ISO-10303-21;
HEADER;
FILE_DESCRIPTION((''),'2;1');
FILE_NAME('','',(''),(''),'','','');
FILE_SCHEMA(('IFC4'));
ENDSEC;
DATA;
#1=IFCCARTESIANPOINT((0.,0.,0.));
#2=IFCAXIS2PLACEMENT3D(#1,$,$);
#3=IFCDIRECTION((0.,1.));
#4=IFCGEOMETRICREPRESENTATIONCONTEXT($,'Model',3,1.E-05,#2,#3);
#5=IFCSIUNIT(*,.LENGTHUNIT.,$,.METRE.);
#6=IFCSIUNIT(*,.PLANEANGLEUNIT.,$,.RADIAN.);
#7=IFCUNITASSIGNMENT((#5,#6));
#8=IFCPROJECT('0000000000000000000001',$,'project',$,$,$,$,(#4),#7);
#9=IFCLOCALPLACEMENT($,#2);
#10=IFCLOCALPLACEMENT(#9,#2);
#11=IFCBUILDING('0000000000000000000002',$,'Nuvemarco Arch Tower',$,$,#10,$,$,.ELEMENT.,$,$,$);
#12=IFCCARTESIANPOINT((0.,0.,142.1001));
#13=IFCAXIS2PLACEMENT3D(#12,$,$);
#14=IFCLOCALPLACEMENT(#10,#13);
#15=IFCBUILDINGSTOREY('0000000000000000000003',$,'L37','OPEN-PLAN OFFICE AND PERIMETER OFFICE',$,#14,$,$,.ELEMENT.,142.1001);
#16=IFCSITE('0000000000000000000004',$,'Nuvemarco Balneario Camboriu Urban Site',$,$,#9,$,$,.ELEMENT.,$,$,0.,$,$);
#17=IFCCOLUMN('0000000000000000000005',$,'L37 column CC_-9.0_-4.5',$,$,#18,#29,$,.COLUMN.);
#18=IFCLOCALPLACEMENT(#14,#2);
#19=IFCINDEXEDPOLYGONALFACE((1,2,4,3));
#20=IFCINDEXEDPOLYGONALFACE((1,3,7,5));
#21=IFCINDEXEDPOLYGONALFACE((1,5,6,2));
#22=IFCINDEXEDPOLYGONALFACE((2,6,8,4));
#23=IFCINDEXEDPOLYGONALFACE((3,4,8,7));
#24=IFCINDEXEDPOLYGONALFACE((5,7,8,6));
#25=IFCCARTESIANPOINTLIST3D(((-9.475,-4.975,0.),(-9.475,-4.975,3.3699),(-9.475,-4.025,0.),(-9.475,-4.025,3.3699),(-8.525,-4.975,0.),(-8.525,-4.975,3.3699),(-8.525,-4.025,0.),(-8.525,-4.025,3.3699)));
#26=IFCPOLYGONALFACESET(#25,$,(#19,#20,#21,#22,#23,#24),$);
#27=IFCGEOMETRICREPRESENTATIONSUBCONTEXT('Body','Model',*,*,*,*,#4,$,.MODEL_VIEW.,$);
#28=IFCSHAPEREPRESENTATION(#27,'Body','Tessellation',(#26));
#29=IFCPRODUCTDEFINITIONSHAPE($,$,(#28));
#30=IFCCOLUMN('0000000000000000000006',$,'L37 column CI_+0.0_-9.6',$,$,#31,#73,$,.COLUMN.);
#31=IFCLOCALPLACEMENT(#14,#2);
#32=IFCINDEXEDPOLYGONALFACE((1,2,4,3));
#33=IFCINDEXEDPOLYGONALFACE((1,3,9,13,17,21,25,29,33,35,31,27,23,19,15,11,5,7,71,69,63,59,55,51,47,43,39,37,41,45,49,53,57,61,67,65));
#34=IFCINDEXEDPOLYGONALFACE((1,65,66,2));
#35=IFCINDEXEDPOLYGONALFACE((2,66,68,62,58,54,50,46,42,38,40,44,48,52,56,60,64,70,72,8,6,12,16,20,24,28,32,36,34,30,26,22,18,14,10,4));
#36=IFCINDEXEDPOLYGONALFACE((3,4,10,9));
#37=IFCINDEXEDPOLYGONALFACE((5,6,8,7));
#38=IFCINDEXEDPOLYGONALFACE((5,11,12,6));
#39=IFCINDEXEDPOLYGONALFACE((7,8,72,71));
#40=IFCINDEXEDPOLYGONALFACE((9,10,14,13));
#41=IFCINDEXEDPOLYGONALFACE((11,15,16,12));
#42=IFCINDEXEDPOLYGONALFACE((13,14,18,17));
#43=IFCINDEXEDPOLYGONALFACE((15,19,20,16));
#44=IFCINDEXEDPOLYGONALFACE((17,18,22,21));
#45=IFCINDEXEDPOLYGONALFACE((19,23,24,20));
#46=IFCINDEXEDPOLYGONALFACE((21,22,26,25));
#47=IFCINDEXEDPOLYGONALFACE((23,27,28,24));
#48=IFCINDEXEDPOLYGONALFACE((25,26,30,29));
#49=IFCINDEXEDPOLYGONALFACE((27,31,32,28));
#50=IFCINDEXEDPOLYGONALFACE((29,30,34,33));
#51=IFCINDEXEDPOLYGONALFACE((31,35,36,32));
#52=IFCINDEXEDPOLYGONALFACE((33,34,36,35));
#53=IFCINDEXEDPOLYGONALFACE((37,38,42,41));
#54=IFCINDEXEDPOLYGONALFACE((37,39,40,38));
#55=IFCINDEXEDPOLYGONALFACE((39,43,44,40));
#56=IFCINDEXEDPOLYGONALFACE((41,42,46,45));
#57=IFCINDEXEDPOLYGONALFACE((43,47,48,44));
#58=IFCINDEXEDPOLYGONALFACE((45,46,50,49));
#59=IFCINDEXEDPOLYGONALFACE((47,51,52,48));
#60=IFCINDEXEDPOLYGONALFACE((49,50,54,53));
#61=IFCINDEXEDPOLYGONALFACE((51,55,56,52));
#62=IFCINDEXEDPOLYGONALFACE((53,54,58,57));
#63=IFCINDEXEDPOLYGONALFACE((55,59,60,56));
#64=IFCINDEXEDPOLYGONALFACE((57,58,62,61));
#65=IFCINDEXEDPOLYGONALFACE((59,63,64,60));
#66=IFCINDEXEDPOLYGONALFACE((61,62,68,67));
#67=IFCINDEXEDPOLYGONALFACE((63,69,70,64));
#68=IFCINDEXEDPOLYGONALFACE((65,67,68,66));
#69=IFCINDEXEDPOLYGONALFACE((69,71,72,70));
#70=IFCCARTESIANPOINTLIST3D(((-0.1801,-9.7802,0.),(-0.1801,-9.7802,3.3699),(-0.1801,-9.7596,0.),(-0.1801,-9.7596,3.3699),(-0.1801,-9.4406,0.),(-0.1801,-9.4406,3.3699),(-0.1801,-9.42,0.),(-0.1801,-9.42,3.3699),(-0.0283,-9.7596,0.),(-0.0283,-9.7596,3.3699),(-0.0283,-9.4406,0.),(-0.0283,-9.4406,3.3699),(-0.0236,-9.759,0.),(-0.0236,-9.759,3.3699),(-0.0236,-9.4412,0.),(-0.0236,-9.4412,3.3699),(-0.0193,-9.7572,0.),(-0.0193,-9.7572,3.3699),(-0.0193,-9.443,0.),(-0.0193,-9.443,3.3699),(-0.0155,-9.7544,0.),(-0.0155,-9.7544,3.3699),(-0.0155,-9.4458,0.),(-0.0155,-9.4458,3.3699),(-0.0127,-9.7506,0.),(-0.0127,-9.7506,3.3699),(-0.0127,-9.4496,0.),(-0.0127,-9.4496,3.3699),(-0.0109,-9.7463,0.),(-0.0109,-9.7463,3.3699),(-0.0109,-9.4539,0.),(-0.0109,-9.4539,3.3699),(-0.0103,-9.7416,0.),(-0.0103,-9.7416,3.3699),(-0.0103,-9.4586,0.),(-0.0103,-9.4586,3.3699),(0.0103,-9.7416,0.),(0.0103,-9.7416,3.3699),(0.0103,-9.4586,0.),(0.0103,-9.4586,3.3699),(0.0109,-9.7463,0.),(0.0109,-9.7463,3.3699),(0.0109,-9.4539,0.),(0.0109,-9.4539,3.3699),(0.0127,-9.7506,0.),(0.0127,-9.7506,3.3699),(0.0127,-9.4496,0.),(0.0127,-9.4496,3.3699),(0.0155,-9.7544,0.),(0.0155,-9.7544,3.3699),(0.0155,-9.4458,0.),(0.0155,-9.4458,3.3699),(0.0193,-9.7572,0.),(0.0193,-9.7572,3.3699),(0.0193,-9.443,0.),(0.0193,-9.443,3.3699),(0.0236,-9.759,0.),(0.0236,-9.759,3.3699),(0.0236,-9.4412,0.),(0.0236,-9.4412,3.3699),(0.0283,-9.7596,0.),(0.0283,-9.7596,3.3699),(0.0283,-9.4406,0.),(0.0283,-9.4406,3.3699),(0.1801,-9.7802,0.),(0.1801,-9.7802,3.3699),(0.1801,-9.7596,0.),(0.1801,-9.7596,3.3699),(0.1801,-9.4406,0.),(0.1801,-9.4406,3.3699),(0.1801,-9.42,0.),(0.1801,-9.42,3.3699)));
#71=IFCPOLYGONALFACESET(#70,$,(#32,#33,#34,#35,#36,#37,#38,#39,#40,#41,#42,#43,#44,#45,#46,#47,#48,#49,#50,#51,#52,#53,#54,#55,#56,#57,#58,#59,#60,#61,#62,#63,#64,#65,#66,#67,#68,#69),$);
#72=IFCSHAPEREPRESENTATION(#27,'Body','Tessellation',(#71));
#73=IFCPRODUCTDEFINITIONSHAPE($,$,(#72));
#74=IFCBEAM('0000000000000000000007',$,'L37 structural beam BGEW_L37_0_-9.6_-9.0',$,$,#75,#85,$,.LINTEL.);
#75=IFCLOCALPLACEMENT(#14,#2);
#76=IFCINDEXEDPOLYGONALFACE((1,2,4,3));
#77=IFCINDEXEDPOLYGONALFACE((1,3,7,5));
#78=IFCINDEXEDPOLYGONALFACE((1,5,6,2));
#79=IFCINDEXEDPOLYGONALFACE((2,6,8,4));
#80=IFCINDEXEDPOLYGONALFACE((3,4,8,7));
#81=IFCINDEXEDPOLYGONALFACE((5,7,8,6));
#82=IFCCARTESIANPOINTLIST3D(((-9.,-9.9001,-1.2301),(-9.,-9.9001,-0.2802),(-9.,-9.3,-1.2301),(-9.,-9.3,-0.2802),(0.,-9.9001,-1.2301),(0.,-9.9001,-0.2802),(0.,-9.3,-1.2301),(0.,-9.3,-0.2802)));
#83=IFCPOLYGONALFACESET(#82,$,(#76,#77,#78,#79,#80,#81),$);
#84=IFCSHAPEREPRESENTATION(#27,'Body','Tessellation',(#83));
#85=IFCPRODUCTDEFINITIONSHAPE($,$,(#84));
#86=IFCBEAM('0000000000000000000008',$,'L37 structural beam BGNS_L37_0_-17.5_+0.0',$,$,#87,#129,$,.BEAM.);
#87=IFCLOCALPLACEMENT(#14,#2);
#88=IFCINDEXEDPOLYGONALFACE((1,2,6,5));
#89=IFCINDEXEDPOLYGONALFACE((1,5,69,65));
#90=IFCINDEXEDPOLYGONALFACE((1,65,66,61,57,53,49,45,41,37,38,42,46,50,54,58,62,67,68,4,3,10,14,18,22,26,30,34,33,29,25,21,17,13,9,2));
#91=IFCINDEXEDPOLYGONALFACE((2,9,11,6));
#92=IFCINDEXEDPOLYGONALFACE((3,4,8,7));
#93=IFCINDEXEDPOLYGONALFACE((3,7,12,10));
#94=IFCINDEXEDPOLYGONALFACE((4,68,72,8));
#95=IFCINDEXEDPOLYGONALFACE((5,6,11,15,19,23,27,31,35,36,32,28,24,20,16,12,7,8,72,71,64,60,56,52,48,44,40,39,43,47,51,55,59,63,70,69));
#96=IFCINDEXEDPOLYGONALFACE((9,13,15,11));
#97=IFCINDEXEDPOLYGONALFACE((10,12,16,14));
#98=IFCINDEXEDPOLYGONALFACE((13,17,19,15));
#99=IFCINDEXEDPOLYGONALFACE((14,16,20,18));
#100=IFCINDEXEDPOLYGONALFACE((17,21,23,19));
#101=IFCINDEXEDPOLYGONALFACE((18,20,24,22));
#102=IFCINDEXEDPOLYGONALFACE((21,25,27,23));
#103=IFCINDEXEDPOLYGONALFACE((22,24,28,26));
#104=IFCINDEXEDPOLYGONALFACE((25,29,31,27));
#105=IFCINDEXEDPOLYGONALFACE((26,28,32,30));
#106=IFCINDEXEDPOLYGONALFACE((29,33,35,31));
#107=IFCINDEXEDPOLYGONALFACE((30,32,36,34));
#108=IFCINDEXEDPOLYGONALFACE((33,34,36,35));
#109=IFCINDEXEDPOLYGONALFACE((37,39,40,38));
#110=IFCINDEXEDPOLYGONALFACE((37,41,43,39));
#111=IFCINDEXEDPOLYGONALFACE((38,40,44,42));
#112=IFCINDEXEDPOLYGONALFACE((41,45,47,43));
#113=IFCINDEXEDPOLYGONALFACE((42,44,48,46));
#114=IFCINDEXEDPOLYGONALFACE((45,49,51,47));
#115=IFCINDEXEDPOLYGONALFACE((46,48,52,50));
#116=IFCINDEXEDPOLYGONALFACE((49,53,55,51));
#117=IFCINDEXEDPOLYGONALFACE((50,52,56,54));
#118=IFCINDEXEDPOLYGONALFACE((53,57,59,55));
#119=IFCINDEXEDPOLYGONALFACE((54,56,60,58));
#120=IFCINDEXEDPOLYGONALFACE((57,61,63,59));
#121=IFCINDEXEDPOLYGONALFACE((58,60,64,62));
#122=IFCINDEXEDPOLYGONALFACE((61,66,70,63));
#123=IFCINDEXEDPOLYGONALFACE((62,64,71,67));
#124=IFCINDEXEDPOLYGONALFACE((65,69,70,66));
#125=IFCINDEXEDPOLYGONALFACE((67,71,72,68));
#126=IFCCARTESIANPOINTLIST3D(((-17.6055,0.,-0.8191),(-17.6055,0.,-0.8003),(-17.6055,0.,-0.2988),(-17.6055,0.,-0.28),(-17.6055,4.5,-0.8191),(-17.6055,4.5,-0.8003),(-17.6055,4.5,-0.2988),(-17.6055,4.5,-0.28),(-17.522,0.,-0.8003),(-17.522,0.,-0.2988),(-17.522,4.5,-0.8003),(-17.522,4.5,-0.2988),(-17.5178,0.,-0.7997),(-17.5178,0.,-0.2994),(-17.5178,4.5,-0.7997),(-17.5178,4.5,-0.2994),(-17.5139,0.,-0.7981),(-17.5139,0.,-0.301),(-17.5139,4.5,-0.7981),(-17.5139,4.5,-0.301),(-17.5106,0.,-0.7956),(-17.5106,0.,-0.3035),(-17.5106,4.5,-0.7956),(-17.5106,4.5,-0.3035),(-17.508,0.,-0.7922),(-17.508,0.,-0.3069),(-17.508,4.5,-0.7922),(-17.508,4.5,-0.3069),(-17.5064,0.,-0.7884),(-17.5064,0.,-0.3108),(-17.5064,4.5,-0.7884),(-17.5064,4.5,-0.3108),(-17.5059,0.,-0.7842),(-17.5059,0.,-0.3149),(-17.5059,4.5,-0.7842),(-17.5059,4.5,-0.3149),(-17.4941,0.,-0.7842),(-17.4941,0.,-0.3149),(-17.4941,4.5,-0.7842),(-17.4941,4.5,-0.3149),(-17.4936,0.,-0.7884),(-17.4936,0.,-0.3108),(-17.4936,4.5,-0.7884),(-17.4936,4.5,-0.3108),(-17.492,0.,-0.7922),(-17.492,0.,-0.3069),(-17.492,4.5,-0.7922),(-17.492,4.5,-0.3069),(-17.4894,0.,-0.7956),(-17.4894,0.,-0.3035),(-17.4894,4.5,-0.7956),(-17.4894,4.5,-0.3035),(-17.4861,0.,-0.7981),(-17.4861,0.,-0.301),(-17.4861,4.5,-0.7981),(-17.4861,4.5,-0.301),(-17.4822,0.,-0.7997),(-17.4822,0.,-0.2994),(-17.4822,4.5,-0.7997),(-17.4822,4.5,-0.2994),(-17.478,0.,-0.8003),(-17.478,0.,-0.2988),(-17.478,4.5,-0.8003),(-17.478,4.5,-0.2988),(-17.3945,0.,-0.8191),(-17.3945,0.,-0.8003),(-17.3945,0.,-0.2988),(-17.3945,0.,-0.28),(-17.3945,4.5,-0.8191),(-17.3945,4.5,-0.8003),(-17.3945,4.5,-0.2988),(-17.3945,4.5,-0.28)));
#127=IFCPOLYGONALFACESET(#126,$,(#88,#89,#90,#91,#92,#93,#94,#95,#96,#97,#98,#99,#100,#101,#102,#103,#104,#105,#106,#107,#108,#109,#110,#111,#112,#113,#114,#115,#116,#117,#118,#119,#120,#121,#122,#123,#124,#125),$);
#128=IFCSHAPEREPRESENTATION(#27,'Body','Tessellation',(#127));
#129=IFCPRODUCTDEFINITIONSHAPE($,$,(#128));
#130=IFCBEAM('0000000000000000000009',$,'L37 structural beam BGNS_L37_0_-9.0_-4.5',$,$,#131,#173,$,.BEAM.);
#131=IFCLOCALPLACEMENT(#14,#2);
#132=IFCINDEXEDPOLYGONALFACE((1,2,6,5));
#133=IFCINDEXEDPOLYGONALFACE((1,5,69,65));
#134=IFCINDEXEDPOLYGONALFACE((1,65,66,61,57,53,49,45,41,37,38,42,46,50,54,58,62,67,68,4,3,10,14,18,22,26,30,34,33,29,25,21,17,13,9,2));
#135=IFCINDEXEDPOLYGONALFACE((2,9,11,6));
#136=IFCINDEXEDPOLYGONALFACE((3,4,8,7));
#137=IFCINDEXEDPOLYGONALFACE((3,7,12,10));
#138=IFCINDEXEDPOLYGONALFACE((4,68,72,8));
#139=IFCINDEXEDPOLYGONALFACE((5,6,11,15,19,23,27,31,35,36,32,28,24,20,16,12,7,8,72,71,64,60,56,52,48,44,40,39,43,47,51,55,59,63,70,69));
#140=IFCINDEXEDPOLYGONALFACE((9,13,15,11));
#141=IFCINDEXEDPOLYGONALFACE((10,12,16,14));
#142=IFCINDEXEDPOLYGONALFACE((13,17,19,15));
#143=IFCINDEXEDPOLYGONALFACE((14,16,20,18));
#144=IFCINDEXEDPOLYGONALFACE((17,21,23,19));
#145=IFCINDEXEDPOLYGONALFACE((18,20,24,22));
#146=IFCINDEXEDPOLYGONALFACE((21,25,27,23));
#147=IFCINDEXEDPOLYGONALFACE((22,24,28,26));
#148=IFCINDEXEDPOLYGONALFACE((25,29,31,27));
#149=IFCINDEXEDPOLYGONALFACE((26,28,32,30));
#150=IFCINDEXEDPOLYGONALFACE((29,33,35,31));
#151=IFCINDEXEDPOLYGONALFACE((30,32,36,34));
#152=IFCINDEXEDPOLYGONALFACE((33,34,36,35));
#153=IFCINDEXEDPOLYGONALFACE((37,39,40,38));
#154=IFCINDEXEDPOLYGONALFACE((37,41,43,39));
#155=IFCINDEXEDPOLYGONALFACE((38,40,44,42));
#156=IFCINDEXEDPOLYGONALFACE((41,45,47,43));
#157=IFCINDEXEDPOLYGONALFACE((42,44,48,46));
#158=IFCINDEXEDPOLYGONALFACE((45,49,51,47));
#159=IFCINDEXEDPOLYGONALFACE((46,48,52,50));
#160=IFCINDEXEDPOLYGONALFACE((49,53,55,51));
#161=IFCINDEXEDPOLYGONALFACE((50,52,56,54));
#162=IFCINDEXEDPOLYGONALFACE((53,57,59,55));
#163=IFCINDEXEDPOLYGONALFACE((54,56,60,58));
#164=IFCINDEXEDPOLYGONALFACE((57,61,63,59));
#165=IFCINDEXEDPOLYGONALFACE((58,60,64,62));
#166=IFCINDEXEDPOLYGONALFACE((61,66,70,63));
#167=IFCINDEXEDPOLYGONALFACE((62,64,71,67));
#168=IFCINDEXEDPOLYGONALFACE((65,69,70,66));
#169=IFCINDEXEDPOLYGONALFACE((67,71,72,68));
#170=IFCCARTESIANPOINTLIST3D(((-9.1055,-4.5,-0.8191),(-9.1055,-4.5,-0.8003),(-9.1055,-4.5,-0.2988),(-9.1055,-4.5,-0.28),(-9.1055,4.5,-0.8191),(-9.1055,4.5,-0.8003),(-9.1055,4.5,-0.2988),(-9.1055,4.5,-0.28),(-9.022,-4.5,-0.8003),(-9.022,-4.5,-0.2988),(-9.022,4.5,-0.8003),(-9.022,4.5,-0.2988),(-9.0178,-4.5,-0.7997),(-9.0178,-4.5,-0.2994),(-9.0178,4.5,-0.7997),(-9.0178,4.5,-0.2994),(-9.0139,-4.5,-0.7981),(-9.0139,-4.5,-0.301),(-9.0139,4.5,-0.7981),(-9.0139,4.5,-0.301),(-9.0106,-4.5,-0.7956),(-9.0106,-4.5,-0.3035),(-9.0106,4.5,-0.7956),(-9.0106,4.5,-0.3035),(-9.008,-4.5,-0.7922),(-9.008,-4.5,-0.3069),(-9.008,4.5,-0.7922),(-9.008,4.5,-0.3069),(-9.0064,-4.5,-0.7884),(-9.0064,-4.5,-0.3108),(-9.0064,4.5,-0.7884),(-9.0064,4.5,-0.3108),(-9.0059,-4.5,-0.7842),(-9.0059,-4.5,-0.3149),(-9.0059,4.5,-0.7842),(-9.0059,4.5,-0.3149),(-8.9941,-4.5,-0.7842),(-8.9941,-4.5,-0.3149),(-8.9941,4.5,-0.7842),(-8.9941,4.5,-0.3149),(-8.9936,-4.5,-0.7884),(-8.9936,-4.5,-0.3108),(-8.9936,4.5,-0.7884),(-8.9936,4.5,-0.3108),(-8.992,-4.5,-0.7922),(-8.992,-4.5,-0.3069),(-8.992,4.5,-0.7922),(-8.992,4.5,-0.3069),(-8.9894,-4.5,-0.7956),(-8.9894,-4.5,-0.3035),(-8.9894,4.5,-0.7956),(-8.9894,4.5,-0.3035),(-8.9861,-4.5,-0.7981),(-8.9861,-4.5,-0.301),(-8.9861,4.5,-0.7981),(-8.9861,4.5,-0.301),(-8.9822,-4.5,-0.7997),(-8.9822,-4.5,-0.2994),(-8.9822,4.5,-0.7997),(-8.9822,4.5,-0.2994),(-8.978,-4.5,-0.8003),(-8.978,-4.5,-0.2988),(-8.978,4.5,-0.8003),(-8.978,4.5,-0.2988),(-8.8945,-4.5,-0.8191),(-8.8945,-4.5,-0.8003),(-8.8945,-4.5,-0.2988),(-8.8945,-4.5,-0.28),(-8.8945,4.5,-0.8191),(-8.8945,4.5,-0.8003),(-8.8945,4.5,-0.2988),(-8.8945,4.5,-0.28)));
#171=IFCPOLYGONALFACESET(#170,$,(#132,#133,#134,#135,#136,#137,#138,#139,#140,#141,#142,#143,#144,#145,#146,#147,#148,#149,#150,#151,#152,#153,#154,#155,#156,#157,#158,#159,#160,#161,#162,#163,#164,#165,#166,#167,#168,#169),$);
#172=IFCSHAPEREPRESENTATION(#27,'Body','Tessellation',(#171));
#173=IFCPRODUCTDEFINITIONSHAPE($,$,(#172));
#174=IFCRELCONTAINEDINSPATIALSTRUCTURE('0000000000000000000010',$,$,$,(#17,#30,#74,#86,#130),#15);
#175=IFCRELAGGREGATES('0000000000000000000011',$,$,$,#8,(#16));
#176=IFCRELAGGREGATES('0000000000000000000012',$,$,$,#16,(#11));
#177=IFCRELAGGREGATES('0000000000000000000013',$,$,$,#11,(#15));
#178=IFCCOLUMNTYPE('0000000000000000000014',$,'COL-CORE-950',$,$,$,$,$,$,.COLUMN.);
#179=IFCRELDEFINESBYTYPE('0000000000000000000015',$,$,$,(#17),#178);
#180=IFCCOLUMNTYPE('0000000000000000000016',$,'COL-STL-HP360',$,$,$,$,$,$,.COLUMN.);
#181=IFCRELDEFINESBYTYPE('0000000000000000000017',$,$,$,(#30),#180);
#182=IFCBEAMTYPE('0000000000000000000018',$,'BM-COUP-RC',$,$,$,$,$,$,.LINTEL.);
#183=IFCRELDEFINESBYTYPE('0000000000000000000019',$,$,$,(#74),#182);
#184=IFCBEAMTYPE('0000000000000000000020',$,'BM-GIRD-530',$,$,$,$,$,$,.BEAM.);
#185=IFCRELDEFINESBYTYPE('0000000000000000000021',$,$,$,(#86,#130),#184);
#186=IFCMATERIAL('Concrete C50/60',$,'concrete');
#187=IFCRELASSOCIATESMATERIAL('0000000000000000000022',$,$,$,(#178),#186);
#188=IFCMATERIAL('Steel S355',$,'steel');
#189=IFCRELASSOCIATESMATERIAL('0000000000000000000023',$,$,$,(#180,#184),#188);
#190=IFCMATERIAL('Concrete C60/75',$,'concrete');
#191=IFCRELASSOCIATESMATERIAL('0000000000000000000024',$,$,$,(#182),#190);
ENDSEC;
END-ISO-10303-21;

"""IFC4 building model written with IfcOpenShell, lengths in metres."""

from ifc_helpers import new_model, si_unit, direction, frame, origin, origin_2d, place, context, subcontext, project, spatial, rectangle, i_section, extrude, material, material_profile, profile_set, type_object, element, save


model = new_model("IFC4")

# Units and contexts
model_context = context("Model", 3, precision=1e-05, world=origin(), true_north=direction((0.0, 1.0)))
body_context = subcontext(model_context, "Body", "Model", "MODEL_VIEW")
ifc_project = project(units=[si_unit("LENGTHUNIT", "METRE"), si_unit("PLANEANGLEUNIT", "RADIAN")], contexts=[model_context])

# Site, building, storey
site_placement = place(None, origin())
site = spatial("IfcSite", under=ifc_project, at=site_placement, Name="Nuvemarco Balneario Camboriu Urban Site", CompositionType="ELEMENT", RefElevation=0.0)
building_placement = place(site_placement, origin())
building = spatial("IfcBuilding", under=site, at=building_placement, Name="Nuvemarco Arch Tower", CompositionType="ELEMENT")
storey_placement = place(building_placement, frame((0.0, 0.0, 142.1001)))
storey = spatial("IfcBuildingStorey", under=building, at=storey_placement, Name="L37", Description="OPEN-PLAN OFFICE AND PERIMETER OFFICE", CompositionType="ELEMENT", Elevation=142.1001)

# Columns
ifc_material_1 = material(Name="Concrete C50/60", Category="concrete")
ifc_material_profile_1 = material_profile(ifc_material_1, rectangle(XDim=0.95, YDim=0.95, at=origin_2d()), Name="RC-COL-950x950")
ifc_profile_set_1 = profile_set([ifc_material_profile_1], Name="Concrete C50/60")
column_type_1 = type_object("IfcColumnType", Name="COL-CORE-950", PredefinedType="COLUMN", material=ifc_profile_set_1)
column_1_placement = place(storey_placement, frame((-9.0, -4.5, 0.0), z_axis=(0.0, 0.0, 1.0), x_axis=(1.0, 0.0, 0.0)))
element("IfcColumn", 1, at=column_1_placement, inside=storey, type_object=column_type_1, Name="L37 column CC_-9.0_-4.5", PredefinedType="COLUMN", context=body_context, shape_type="SweptSolid", body=[
    extrude(rectangle(XDim=0.95, YDim=0.95, at=origin_2d()), origin(), (0.0, 0.0, 1.0), 3.3699),
])
ifc_material_2 = material(Name="Steel S355", Category="steel")
ifc_material_profile_2 = material_profile(ifc_material_2, i_section(OverallWidth=0.3601, OverallDepth=0.3601, WebThickness=0.0205, FlangeThickness=0.0205, FilletRadius=0.0181, at=origin_2d()), Name="HP360x174")
ifc_profile_set_2 = profile_set([ifc_material_profile_2], Name="Steel S355")
column_type_2 = type_object("IfcColumnType", Name="COL-STL-HP360", PredefinedType="COLUMN", material=ifc_profile_set_2)
column_2_placement = place(storey_placement, frame((0.0, -9.6001, 0.0), z_axis=(0.0, 0.0, 1.0), x_axis=(1.0, 0.0, 0.0)))
element("IfcColumn", 2, at=column_2_placement, inside=storey, type_object=column_type_2, Name="L37 column CI_+0.0_-9.6", PredefinedType="COLUMN", context=body_context, shape_type="SweptSolid", body=[
    extrude(i_section(OverallWidth=0.3601, OverallDepth=0.3601, WebThickness=0.0205, FlangeThickness=0.0205, FilletRadius=0.0181, at=origin_2d()), origin(), (0.0, 0.0, 1.0), 3.3699),
])

# Beams
ifc_material_3 = material(Name="Concrete C60/75", Category="concrete")
ifc_material_profile_3 = material_profile(ifc_material_3, rectangle(XDim=0.6001, YDim=0.95, at=origin_2d()), Name="RC-BM-600x950")
ifc_profile_set_3 = profile_set([ifc_material_profile_3], Name="Concrete C60/75")
beam_type_1 = type_object("IfcBeamType", Name="BM-COUP-RC", PredefinedType="LINTEL", material=ifc_profile_set_3)
beam_1_placement = place(storey_placement, frame((-9.0, -9.6001, -0.7551), z_axis=(1.0, 0.0, 0.0), x_axis=(0.0, 1.0, 0.0)))
element("IfcBeam", 3, at=beam_1_placement, inside=storey, type_object=beam_type_1, Name="L37 structural beam BGEW_L37_0_-9.6_-9.0", PredefinedType="LINTEL", context=body_context, shape_type="SweptSolid", body=[
    extrude(rectangle(XDim=0.6001, YDim=0.95, at=origin_2d()), origin(), (0.0, 0.0, 1.0), 9.0),
])
ifc_material_profile_4 = material_profile(ifc_material_2, i_section(OverallWidth=0.2109, OverallDepth=0.5391, WebThickness=0.0117, FlangeThickness=0.0188, FilletRadius=0.0161, at=origin_2d()), Name="W530x109")
ifc_profile_set_4 = profile_set([ifc_material_profile_4], Name="Steel S355")
beam_type_2 = type_object("IfcBeamType", Name="BM-GIRD-530", PredefinedType="BEAM", material=ifc_profile_set_4)
beam_2_placement = place(storey_placement, frame((-17.5, 0.0, -0.5496), z_axis=(0.0, 1.0, 0.0), x_axis=(-1.0, 0.0, 0.0)))
element("IfcBeam", 4, at=beam_2_placement, inside=storey, type_object=beam_type_2, Name="L37 structural beam BGNS_L37_0_-17.5_+0.0", PredefinedType="BEAM", context=body_context, shape_type="SweptSolid", body=[
    extrude(i_section(OverallWidth=0.2109, OverallDepth=0.5391, WebThickness=0.0117, FlangeThickness=0.0188, FilletRadius=0.0161, at=origin_2d()), origin(), (0.0, 0.0, 1.0), 4.5),
])
beam_3_placement = place(storey_placement, frame((-9.0, -4.5, -0.5496), z_axis=(0.0, 1.0, 0.0), x_axis=(-1.0, 0.0, 0.0)))
element("IfcBeam", 5, at=beam_3_placement, inside=storey, type_object=beam_type_2, Name="L37 structural beam BGNS_L37_0_-9.0_-4.5", PredefinedType="BEAM", context=body_context, shape_type="SweptSolid", body=[
    extrude(i_section(OverallWidth=0.2109, OverallDepth=0.5391, WebThickness=0.0117, FlangeThickness=0.0188, FilletRadius=0.0161, at=origin_2d()), origin(), (0.0, 0.0, 1.0), 9.0),
])

save(model, "model.ifc")
